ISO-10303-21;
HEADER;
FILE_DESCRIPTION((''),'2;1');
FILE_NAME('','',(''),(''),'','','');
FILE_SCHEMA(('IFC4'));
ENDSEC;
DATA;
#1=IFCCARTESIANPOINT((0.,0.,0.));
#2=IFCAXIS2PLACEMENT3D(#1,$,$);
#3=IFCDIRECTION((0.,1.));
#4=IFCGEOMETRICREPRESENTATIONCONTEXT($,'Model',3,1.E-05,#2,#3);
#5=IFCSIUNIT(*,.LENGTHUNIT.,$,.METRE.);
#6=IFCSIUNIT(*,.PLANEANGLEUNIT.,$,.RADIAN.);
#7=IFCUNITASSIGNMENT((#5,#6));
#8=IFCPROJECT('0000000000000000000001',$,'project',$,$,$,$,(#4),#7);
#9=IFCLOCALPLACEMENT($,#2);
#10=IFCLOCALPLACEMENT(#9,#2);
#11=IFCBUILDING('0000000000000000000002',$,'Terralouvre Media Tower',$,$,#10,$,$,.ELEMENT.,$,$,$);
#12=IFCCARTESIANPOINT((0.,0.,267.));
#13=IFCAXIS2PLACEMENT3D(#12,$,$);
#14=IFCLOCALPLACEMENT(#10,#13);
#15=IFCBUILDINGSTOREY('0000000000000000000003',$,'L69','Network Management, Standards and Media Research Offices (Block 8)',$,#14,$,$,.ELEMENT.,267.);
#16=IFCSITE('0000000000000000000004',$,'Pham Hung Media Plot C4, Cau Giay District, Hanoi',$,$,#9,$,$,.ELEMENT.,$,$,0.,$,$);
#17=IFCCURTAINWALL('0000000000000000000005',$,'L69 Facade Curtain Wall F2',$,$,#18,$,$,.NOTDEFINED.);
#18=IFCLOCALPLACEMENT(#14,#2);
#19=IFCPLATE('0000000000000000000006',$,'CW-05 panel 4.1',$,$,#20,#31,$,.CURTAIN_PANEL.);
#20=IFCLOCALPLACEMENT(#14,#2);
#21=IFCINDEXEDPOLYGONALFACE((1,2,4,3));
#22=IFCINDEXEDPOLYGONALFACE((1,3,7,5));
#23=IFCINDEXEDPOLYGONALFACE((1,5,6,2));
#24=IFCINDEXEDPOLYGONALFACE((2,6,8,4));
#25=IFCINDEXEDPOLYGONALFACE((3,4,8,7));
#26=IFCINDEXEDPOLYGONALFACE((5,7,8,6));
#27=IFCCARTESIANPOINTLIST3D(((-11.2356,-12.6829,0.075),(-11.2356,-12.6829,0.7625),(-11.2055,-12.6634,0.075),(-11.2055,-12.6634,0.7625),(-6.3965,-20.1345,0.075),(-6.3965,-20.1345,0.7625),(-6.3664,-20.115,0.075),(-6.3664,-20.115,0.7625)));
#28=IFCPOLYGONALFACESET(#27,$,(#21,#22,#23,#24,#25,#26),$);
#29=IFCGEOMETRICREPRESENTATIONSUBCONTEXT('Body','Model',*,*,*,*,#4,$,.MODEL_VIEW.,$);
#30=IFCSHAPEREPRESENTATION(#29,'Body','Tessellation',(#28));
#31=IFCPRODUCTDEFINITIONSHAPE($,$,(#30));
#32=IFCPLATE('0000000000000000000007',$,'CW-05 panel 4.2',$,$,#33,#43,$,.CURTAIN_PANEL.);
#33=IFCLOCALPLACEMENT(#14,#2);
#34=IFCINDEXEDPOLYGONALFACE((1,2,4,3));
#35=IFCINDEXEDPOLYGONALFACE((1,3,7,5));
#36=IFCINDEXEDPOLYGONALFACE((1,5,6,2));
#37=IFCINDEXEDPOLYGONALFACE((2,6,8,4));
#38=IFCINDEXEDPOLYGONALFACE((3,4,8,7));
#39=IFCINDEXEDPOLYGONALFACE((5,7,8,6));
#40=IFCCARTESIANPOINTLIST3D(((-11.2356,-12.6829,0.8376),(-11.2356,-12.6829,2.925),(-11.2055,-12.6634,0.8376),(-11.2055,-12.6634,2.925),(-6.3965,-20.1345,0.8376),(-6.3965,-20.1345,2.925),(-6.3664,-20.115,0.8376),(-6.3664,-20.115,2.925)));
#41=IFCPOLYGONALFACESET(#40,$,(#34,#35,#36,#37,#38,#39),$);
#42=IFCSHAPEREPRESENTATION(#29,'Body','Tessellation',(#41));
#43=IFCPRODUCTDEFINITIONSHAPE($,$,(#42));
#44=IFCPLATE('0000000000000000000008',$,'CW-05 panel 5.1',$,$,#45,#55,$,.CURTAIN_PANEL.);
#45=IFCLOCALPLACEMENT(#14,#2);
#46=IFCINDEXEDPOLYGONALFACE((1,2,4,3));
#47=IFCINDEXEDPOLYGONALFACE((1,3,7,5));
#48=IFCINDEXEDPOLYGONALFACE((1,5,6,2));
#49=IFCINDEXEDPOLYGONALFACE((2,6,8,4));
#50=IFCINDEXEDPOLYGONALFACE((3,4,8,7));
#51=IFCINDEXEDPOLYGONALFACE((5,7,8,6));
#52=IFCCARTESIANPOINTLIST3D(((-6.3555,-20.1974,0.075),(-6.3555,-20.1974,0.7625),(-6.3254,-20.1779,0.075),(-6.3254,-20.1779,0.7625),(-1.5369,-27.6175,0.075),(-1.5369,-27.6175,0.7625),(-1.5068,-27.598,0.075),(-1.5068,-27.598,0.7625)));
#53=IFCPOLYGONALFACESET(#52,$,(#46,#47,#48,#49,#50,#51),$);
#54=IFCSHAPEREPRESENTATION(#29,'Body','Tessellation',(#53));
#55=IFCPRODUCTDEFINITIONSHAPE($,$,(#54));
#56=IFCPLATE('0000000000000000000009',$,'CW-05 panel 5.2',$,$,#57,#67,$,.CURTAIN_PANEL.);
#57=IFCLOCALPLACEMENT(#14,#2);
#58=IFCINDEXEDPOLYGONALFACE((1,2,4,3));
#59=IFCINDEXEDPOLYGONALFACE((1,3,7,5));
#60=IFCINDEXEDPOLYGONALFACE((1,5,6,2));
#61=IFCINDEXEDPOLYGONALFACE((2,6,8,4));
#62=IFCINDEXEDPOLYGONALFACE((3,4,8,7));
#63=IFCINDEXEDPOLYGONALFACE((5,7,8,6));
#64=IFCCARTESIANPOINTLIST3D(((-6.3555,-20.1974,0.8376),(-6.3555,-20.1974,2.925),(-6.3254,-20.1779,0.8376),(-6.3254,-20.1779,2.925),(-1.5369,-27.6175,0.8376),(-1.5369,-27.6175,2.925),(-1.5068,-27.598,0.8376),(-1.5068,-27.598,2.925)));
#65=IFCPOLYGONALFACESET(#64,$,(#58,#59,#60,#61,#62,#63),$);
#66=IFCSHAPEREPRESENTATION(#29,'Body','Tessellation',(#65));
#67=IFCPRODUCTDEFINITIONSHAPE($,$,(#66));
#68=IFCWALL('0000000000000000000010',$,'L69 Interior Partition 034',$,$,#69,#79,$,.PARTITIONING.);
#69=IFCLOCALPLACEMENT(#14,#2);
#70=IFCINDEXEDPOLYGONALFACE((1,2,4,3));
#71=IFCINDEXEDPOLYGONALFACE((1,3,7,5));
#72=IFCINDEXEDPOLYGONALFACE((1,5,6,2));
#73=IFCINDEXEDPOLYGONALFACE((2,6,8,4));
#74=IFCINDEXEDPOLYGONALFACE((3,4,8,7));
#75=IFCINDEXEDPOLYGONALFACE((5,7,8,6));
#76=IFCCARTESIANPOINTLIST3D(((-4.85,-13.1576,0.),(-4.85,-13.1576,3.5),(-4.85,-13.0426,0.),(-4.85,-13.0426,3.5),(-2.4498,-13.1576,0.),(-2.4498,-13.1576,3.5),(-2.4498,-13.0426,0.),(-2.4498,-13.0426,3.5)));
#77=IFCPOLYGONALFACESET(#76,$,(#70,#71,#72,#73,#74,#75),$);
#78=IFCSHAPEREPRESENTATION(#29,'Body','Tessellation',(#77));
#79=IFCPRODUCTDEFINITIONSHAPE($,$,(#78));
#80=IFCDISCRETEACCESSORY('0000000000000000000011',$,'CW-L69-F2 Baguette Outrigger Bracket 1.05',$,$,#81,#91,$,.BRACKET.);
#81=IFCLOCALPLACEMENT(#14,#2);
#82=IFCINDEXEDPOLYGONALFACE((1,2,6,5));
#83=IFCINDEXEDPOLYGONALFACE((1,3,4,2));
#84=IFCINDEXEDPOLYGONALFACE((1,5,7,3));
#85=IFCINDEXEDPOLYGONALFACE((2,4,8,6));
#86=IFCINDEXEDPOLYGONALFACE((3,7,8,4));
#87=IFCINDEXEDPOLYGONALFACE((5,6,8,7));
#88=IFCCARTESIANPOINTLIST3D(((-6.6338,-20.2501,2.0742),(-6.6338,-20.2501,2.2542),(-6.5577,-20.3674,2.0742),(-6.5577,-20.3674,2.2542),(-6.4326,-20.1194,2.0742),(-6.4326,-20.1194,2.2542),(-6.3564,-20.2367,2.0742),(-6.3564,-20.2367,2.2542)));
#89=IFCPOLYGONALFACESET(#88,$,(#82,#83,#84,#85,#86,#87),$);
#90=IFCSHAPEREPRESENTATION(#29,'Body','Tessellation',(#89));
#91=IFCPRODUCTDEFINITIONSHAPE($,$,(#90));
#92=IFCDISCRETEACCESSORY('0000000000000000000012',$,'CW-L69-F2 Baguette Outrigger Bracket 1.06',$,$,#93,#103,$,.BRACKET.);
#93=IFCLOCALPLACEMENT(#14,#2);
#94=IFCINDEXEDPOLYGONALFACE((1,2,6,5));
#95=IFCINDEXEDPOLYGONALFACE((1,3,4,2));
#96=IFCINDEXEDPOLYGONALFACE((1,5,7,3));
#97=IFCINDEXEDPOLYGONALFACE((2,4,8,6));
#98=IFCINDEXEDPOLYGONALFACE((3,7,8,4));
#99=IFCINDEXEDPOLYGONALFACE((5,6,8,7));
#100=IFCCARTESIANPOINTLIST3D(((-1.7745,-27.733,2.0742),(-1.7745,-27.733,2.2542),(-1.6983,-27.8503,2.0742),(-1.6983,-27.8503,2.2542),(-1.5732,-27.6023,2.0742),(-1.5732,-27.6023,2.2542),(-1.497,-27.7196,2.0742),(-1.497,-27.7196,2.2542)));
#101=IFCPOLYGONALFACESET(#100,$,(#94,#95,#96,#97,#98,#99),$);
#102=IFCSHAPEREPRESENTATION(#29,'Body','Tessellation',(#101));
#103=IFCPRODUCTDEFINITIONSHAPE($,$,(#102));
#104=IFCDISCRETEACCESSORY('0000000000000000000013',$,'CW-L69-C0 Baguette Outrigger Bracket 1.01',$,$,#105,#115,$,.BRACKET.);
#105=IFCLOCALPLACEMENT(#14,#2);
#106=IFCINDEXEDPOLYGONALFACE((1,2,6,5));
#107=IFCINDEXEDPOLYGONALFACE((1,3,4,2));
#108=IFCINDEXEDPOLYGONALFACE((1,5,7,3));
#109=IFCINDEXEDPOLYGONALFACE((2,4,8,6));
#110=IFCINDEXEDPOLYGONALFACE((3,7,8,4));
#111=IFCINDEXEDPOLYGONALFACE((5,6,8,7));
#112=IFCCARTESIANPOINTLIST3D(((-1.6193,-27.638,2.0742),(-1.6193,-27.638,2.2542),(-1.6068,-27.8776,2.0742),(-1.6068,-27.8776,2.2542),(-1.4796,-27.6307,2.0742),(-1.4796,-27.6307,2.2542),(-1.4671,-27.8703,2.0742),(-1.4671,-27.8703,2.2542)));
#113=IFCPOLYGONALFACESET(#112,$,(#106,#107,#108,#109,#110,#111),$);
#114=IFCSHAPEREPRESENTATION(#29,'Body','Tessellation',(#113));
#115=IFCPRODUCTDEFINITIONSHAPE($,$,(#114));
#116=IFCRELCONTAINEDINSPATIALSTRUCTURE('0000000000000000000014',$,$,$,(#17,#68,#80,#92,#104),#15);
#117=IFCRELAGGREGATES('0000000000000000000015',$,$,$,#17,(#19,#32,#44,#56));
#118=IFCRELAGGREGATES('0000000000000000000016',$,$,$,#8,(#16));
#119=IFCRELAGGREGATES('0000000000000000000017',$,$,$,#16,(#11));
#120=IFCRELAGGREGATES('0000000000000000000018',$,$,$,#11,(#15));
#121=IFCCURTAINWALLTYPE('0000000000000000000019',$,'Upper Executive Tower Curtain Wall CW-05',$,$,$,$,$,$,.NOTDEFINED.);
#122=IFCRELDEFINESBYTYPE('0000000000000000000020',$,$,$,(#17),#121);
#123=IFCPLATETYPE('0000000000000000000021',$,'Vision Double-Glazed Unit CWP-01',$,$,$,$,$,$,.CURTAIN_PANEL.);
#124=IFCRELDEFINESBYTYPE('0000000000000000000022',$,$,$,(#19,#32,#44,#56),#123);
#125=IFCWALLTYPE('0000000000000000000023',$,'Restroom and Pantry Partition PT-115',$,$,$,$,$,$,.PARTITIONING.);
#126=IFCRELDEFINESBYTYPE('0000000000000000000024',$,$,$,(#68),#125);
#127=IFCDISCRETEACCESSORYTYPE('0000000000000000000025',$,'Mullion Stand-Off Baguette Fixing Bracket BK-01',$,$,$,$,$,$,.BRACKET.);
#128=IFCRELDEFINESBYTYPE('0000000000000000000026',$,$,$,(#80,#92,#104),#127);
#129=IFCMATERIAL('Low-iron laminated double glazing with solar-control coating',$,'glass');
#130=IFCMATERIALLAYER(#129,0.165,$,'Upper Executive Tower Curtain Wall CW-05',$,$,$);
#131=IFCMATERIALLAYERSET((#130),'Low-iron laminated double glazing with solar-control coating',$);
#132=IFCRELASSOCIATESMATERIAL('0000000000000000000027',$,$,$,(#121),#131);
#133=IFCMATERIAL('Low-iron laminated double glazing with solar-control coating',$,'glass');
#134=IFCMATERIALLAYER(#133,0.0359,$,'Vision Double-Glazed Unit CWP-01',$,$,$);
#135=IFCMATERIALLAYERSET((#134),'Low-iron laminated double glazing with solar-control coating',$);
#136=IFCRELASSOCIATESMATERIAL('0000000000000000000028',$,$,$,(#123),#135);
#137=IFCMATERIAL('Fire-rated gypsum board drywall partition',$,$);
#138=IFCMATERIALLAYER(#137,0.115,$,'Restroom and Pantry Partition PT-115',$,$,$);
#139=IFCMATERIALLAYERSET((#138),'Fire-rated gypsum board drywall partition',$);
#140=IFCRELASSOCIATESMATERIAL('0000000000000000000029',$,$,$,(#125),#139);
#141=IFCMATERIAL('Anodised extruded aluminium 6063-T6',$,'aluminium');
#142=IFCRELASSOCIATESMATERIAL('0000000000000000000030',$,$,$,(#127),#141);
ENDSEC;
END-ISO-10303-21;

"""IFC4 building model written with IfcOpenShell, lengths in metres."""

from ifc_helpers import new_model, si_unit, direction, frame, frame_2d, origin, origin_2d, place, context, subcontext, project, spatial, rectangle, extrude, material, layer, layer_set, type_object, element, aggregate, save


model = new_model("IFC4")

# Units and contexts
model_context = context("Model", 3, precision=1e-05, world=origin(), true_north=direction((0.0, 1.0)))
body_context = subcontext(model_context, "Body", "Model", "MODEL_VIEW")
ifc_project = project(units=[si_unit("LENGTHUNIT", "METRE"), si_unit("PLANEANGLEUNIT", "RADIAN")], contexts=[model_context])

# Site, building, storey
site_placement = place(None, origin())
site = spatial("IfcSite", under=ifc_project, at=site_placement, Name="Pham Hung Media Plot C4, Cau Giay District, Hanoi", CompositionType="ELEMENT", RefElevation=0.0)
building_placement = place(site_placement, origin())
building = spatial("IfcBuilding", under=site, at=building_placement, Name="Terralouvre Media Tower", CompositionType="ELEMENT")
storey_placement = place(building_placement, frame((0.0, 0.0, 267.0)))
storey = spatial("IfcBuildingStorey", under=building, at=storey_placement, Name="L69", Description="Network Management, Standards and Media Research Offices (Block 8)", CompositionType="ELEMENT", Elevation=267.0)

# Curtain wall
ifc_material_1 = material(Name="Low-iron laminated double glazing with solar-control coating", Category="glass")
ifc_layer_1 = layer(ifc_material_1, 0.165, Name="Upper Executive Tower Curtain Wall CW-05")
ifc_layer_set_1 = layer_set([ifc_layer_1], Name="Low-iron laminated double glazing with solar-control coating")
curtain_wall_type_1 = type_object("IfcCurtainWallType", Name="Upper Executive Tower Curtain Wall CW-05", PredefinedType="NOTDEFINED", material=ifc_layer_set_1)
curtain_wall_1_placement = place(storey_placement, origin())
curtain_wall_1 = element("IfcCurtainWall", 1, at=curtain_wall_1_placement, inside=storey, type_object=curtain_wall_type_1, Name="L69 Facade Curtain Wall F2", PredefinedType="NOTDEFINED")

# Plates
ifc_material_2 = material(Name="Low-iron laminated double glazing with solar-control coating", Category="glass")
ifc_layer_2 = layer(ifc_material_2, 0.0359, Name="Vision Double-Glazed Unit CWP-01")
ifc_layer_set_2 = layer_set([ifc_layer_2], Name="Low-iron laminated double glazing with solar-control coating")
plate_type = type_object("IfcPlateType", Name="Vision Double-Glazed Unit CWP-01", PredefinedType="CURTAIN_PANEL", material=ifc_layer_set_2)
plate_1_placement = place(storey_placement, frame((-8.801, -16.3989, 0.075), z_axis=(0.0, 0.0, 1.0), x_axis=(0.544639, -0.838671, 0.0)))
plate_1 = element("IfcPlate", 2, at=plate_1_placement, type_object=plate_type, Name="CW-05 panel 4.1", PredefinedType="CURTAIN_PANEL", context=body_context, shape_type="SweptSolid", body=[
    extrude(rectangle(XDim=8.885, YDim=0.0359, at=origin_2d()), origin(), (0.0, 0.0, 1.0), 0.6875),
])
plate_2_placement = place(storey_placement, frame((-8.801, -16.3989, 0.8376), z_axis=(0.0, 0.0, 1.0), x_axis=(0.544639, -0.838671, 0.0)))
plate_2 = element("IfcPlate", 3, at=plate_2_placement, type_object=plate_type, Name="CW-05 panel 4.2", PredefinedType="CURTAIN_PANEL", context=body_context, shape_type="SweptSolid", body=[
    extrude(rectangle(XDim=8.885, YDim=0.0359, at=origin_2d()), origin(), (0.0, 0.0, 1.0), 2.0874),
])
plate_3_placement = place(storey_placement, frame((-3.9312, -23.8977, 0.075), z_axis=(0.0, 0.0, 1.0), x_axis=(0.544639, -0.838671, 0.0)))
plate_3 = element("IfcPlate", 4, at=plate_3_placement, type_object=plate_type, Name="CW-05 panel 5.1", PredefinedType="CURTAIN_PANEL", context=body_context, shape_type="SweptSolid", body=[
    extrude(rectangle(XDim=8.8474, YDim=0.0359, at=origin_2d()), origin(), (0.0, 0.0, 1.0), 0.6875),
])
plate_4_placement = place(storey_placement, frame((-3.9312, -23.8977, 0.8376), z_axis=(0.0, 0.0, 1.0), x_axis=(0.544639, -0.838671, 0.0)))
plate_4 = element("IfcPlate", 5, at=plate_4_placement, type_object=plate_type, Name="CW-05 panel 5.2", PredefinedType="CURTAIN_PANEL", context=body_context, shape_type="SweptSolid", body=[
    extrude(rectangle(XDim=8.8474, YDim=0.0359, at=origin_2d()), origin(), (0.0, 0.0, 1.0), 2.0874),
])
aggregate(curtain_wall_1, [plate_1, plate_2, plate_3, plate_4])

# Wall
ifc_material_3 = material(Name="Fire-rated gypsum board drywall partition")
ifc_layer_3 = layer(ifc_material_3, 0.115, Name="Restroom and Pantry Partition PT-115")
ifc_layer_set_3 = layer_set([ifc_layer_3], Name="Fire-rated gypsum board drywall partition")
wall_type = type_object("IfcWallType", Name="Restroom and Pantry Partition PT-115", PredefinedType="PARTITIONING", material=ifc_layer_set_3)
wall_placement = place(storey_placement, frame((-4.8501, -13.1001, 0.0), z_axis=(0.0, 0.0, 1.0), x_axis=(1.0, 0.0, 0.0)))
element("IfcWall", 6, at=wall_placement, inside=storey, type_object=wall_type, Name="L69 Interior Partition 034", PredefinedType="PARTITIONING", context=body_context, shape_type="SweptSolid", body=[
    extrude(rectangle(XDim=2.4001, YDim=0.115, at=frame_2d((1.2002, 0.0))), origin(), (0.0, 0.0, 1.0), 3.5),
])

# Discrete accessories
ifc_material_4 = material(Name="Anodised extruded aluminium 6063-T6", Category="aluminium")
discrete_accessory_type = type_object("IfcDiscreteAccessoryType", Name="Mullion Stand-Off Baguette Fixing Bracket BK-01", PredefinedType="BRACKET", material=ifc_material_4)
for number, where, z_axis, x_axis, name in (
    (7, (-6.4951, -20.2434, 2.0742), (0.0, 0.0, 1.0), (0.544639, -0.838671, 0.0), "CW-L69-F2 Baguette Outrigger Bracket 1.05"),
    (8, (-1.6357, -27.7263, 2.0742), (0.0, 0.0, 1.0), (0.544639, -0.838671, 0.0), "CW-L69-F2 Baguette Outrigger Bracket 1.06"),
    (9, (-1.5432, -27.7542, 2.0742), (0.0, 0.0, 1.0), (0.99863, 0.052336, 0.0), "CW-L69-C0 Baguette Outrigger Bracket 1.01"),
):
    element("IfcDiscreteAccessory", number, at=place(storey_placement, frame(where, z_axis=z_axis, x_axis=x_axis)), inside=storey, type_object=discrete_accessory_type, Name=name, PredefinedType="BRACKET", context=body_context, shape_type="SweptSolid", body=[
        extrude(rectangle(XDim=0.1399, YDim=0.24, at=origin_2d()), origin(), (0.0, 0.0, 1.0), 0.1799),
    ])

save(model, "model.ifc")
